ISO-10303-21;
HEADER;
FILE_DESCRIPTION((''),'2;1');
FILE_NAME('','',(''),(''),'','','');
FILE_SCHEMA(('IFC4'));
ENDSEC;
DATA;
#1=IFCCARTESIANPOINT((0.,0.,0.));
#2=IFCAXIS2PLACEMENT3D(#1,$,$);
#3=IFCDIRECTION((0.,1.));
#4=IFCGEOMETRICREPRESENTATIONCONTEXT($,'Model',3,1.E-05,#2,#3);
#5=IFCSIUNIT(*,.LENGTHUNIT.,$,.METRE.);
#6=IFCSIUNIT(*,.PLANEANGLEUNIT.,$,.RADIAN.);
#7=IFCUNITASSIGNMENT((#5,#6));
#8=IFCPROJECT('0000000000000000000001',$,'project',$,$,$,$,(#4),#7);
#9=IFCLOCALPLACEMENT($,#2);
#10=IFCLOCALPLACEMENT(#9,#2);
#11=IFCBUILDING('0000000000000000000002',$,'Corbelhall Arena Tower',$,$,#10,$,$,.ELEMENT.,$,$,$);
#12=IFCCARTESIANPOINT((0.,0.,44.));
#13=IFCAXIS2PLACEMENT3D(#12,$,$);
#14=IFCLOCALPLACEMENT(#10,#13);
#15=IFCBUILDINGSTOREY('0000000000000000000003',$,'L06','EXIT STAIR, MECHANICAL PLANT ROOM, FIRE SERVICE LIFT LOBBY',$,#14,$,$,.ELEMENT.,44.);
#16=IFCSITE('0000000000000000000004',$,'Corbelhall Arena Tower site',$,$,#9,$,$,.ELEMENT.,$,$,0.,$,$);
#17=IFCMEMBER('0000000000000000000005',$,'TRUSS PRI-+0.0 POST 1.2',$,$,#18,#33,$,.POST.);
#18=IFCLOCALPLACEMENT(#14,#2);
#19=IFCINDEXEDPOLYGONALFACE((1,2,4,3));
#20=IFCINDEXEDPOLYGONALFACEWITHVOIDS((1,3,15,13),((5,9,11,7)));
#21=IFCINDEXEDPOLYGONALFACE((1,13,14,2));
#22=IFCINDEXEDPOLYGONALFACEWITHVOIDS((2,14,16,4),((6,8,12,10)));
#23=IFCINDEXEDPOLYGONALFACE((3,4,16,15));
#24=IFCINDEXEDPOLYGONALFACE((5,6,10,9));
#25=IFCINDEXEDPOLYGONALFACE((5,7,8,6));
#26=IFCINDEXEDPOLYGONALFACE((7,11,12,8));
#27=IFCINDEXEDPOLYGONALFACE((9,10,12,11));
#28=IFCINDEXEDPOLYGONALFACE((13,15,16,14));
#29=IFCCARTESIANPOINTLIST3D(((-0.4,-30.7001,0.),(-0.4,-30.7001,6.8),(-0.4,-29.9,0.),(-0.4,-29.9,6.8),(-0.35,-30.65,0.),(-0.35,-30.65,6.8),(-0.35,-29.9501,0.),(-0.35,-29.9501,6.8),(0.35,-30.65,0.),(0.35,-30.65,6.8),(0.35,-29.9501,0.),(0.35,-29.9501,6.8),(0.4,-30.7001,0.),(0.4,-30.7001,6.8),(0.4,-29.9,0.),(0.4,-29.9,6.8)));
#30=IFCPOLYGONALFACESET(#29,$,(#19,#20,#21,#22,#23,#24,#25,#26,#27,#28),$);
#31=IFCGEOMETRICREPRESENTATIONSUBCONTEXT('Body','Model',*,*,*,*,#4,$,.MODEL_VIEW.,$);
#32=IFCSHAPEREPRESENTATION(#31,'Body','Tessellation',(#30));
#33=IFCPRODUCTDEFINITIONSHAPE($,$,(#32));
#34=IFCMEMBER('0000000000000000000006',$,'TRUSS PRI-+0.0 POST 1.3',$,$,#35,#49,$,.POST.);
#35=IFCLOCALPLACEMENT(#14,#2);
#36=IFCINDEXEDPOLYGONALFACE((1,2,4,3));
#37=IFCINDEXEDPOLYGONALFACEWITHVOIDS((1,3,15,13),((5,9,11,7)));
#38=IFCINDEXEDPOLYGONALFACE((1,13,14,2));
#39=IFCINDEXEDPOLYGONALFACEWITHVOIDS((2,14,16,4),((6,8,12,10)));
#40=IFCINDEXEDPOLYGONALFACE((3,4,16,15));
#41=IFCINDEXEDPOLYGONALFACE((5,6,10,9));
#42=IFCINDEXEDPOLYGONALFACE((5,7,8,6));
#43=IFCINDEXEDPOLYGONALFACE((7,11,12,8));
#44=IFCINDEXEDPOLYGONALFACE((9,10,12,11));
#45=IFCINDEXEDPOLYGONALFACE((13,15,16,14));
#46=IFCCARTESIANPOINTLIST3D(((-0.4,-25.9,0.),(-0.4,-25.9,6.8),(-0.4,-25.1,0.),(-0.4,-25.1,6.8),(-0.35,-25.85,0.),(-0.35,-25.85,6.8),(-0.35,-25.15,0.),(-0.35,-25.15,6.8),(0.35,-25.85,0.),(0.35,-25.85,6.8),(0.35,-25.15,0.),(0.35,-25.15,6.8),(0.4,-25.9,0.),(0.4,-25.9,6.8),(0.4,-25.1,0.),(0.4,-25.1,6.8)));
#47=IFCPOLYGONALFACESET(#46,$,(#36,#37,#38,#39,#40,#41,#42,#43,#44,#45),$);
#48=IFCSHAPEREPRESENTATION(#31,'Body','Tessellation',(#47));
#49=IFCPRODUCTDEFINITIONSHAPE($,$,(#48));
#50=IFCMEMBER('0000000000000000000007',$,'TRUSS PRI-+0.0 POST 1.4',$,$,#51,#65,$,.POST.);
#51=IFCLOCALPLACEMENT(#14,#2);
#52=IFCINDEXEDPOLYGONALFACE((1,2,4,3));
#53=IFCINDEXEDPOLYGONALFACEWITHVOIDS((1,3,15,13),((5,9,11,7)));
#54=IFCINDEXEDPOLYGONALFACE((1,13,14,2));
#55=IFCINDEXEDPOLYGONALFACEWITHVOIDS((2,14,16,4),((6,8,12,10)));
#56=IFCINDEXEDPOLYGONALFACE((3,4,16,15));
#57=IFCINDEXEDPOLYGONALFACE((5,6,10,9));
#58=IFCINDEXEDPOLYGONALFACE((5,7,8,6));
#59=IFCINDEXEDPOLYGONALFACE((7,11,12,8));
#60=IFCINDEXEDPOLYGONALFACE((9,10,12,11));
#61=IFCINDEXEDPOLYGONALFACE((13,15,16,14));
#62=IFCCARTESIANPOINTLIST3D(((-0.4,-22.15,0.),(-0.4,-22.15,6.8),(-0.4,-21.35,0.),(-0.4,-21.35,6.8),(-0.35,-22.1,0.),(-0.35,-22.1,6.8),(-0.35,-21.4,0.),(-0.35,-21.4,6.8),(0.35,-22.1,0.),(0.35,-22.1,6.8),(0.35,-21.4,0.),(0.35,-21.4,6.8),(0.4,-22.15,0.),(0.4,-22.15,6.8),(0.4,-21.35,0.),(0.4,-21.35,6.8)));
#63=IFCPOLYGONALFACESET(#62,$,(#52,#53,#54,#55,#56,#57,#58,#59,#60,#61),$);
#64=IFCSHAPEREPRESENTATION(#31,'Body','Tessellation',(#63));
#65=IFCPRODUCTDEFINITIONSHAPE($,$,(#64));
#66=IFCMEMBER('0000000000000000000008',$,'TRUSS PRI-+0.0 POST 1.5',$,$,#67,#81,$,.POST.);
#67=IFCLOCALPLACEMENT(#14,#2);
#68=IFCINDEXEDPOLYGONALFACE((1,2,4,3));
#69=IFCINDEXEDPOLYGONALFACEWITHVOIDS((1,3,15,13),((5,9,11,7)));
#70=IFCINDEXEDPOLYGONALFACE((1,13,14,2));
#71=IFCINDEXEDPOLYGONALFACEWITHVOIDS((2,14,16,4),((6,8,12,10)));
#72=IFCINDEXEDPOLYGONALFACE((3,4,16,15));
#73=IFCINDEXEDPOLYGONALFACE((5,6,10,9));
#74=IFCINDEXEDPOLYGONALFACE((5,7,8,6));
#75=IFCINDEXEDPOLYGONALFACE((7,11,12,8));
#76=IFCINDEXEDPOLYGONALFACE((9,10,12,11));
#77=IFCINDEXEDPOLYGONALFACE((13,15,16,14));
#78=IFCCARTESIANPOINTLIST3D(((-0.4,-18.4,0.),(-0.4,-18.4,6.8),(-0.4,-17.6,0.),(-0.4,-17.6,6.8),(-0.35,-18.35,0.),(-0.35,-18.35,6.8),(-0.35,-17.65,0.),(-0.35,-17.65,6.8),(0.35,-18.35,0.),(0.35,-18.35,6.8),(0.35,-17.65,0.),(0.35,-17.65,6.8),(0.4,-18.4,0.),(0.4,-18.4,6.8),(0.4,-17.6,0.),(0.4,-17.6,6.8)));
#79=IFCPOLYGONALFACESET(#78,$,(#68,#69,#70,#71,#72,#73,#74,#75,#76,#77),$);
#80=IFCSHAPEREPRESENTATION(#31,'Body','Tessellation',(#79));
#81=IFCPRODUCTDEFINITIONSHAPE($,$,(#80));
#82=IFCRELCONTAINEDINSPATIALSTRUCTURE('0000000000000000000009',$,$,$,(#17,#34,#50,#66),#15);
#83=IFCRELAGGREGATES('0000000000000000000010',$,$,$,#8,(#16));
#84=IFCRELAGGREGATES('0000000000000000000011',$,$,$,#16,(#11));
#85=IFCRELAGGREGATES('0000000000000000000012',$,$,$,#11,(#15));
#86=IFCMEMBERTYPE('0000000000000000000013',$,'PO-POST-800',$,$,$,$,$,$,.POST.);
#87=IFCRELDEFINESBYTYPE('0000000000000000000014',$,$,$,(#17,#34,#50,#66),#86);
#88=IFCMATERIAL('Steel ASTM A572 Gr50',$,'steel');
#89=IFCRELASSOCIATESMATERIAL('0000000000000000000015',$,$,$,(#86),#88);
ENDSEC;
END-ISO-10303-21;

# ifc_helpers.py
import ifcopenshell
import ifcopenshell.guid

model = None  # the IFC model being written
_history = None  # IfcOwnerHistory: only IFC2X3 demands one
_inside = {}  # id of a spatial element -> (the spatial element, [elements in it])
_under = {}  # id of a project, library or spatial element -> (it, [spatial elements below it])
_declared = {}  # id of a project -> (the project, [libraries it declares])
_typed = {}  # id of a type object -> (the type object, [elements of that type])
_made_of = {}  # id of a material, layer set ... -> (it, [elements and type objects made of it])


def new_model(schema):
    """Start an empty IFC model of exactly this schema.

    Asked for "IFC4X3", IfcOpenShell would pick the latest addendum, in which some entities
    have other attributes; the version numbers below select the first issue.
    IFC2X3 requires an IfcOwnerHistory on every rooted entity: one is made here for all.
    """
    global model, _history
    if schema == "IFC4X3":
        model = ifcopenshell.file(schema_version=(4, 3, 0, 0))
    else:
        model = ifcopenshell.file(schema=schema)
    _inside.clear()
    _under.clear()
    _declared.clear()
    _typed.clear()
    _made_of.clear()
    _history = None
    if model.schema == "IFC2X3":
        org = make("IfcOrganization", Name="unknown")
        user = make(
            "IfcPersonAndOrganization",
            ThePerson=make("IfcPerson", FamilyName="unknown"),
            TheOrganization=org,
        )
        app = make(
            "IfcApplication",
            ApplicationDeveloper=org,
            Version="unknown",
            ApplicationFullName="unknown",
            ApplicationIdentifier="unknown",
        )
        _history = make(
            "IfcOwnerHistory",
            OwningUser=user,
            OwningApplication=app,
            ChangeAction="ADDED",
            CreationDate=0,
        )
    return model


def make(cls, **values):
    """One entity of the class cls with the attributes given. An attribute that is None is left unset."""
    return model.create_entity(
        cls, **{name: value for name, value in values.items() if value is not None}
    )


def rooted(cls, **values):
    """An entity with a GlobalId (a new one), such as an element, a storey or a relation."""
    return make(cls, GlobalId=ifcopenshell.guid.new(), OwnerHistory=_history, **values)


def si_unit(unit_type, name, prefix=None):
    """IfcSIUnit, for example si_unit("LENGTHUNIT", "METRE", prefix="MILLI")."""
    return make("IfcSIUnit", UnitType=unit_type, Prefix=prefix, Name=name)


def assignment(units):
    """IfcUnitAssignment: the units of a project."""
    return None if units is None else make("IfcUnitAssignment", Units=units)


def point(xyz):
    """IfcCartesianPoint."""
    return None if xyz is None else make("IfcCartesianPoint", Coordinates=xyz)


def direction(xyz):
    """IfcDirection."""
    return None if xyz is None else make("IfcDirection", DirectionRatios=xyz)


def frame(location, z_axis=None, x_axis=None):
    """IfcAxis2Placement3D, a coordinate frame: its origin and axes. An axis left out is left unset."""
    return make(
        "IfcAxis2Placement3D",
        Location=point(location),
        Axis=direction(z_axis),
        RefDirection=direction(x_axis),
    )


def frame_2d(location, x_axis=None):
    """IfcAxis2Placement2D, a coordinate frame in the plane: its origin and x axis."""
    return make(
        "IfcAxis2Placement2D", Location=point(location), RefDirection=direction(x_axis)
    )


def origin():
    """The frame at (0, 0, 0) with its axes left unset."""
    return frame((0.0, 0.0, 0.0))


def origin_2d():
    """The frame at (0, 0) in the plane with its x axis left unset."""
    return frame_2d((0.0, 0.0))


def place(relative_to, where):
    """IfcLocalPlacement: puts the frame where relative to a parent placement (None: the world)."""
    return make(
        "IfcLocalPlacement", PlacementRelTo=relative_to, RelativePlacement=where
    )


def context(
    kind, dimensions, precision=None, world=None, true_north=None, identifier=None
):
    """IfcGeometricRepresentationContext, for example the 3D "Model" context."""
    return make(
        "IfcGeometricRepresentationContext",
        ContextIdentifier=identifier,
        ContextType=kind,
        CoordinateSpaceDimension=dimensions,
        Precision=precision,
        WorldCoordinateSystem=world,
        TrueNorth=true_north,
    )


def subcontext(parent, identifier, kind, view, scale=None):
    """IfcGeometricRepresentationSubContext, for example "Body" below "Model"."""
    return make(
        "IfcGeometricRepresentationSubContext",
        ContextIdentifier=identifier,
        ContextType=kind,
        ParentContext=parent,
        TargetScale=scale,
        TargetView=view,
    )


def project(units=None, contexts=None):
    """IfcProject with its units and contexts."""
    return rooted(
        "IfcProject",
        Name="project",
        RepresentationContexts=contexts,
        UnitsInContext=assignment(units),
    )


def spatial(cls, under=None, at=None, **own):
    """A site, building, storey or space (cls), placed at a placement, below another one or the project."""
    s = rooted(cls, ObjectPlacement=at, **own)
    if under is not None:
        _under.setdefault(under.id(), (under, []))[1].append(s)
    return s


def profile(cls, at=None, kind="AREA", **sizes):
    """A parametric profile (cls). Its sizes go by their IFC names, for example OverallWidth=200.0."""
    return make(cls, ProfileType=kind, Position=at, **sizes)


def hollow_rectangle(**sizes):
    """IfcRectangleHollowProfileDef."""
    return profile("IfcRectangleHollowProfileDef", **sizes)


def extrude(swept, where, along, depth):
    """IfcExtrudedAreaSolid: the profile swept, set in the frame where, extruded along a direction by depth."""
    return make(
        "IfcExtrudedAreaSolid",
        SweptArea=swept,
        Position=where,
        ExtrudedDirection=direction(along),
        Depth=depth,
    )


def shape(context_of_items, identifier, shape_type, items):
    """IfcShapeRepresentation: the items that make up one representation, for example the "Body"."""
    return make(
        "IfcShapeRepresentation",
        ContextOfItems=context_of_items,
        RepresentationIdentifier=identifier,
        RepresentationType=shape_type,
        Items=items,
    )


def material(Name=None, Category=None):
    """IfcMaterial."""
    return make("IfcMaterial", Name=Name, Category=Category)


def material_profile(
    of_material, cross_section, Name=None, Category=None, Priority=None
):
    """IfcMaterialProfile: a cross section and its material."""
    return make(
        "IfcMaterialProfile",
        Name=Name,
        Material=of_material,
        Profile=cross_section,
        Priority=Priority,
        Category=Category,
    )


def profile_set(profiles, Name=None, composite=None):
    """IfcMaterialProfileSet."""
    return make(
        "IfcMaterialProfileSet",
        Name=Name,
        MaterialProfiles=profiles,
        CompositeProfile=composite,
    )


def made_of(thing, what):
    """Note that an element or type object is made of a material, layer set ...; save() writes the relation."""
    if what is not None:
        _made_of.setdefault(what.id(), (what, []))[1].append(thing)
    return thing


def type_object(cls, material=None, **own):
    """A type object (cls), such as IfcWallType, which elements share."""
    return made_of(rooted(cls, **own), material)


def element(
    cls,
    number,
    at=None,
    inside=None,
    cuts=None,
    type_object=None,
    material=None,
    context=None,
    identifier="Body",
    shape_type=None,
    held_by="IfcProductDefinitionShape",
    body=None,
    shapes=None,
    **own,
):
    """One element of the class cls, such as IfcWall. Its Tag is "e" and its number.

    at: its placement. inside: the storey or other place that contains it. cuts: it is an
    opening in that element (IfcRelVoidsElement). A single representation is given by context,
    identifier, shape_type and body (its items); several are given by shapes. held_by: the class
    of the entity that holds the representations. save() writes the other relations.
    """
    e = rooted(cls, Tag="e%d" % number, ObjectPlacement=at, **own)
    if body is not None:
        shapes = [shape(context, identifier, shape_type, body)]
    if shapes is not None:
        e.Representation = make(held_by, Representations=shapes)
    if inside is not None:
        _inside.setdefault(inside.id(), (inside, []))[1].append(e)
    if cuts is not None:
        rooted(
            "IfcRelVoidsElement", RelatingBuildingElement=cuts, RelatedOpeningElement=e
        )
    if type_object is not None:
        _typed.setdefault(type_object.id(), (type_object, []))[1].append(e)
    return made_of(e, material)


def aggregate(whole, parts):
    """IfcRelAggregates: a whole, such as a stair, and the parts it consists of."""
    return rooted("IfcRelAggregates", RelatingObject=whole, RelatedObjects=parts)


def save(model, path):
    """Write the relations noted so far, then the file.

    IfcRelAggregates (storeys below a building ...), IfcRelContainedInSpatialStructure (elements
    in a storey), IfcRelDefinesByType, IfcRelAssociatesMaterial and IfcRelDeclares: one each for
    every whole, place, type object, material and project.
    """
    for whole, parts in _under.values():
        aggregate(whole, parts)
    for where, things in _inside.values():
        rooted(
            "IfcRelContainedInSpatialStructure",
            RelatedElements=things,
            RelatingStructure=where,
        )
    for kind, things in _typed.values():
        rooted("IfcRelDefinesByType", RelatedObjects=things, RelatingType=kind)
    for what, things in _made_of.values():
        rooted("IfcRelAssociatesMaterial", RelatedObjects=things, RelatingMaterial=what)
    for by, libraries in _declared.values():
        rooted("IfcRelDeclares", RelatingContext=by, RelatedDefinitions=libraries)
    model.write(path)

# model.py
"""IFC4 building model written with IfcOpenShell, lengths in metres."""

from ifc_helpers import new_model, si_unit, direction, frame, origin, origin_2d, place, context, subcontext, project, spatial, hollow_rectangle, extrude, material, material_profile, profile_set, type_object, element, save


model = new_model("IFC4")

# Units and contexts
model_context = context("Model", 3, precision=1e-05, world=origin(), true_north=direction((0.0, 1.0)))
body_context = subcontext(model_context, "Body", "Model", "MODEL_VIEW")
ifc_project = project(units=[si_unit("LENGTHUNIT", "METRE"), si_unit("PLANEANGLEUNIT", "RADIAN")], contexts=[model_context])

# Site, building, storey
site_placement = place(None, origin())
site = spatial("IfcSite", under=ifc_project, at=site_placement, Name="Corbelhall Arena Tower site", CompositionType="ELEMENT", RefElevation=0.0)
building_placement = place(site_placement, origin())
building = spatial("IfcBuilding", under=site, at=building_placement, Name="Corbelhall Arena Tower", CompositionType="ELEMENT")
storey_placement = place(building_placement, frame((0.0, 0.0, 44.0)))
storey = spatial("IfcBuildingStorey", under=building, at=storey_placement, Name="L06", Description="EXIT STAIR, MECHANICAL PLANT ROOM, FIRE SERVICE LIFT LOBBY", CompositionType="ELEMENT", Elevation=44.0)

# Members
ifc_material_1 = material(Name="Steel ASTM A572 Gr50", Category="steel")
ifc_material_profile_1 = material_profile(ifc_material_1, hollow_rectangle(XDim=0.8, YDim=0.8, WallThickness=0.05, at=origin_2d()))
ifc_profile_set_1 = profile_set([ifc_material_profile_1], Name="Steel ASTM A572 Gr50")
member_type_1 = type_object("IfcMemberType", Name="PO-POST-800", PredefinedType="POST", material=ifc_profile_set_1)
for number, where, z_axis, x_axis, name in (
    (1, (0.0, -30.3, 0.0), (0.0, 0.0, 1.0), (1.0, 0.0, 0.0), "TRUSS PRI-+0.0 POST 1.2"),
    (2, (0.0, -25.5, 0.0), (0.0, 0.0, 1.0), (1.0, 0.0, 0.0), "TRUSS PRI-+0.0 POST 1.3"),
    (3, (0.0, -21.75, 0.0), (0.0, 0.0, 1.0), (1.0, 0.0, 0.0), "TRUSS PRI-+0.0 POST 1.4"),
    (4, (0.0, -18.0, 0.0), (0.0, 0.0, 1.0), (1.0, 0.0, 0.0), "TRUSS PRI-+0.0 POST 1.5"),
):
    element("IfcMember", number, at=place(storey_placement, frame(where, z_axis=z_axis, x_axis=x_axis)), inside=storey, type_object=member_type_1, Name=name, PredefinedType="POST", context=body_context, shape_type="SweptSolid", body=[
        extrude(hollow_rectangle(XDim=0.8, YDim=0.8, WallThickness=0.05, at=origin_2d()), origin(), (0.0, 0.0, 1.0), 6.8),
    ])

save(model, "model.ifc")
